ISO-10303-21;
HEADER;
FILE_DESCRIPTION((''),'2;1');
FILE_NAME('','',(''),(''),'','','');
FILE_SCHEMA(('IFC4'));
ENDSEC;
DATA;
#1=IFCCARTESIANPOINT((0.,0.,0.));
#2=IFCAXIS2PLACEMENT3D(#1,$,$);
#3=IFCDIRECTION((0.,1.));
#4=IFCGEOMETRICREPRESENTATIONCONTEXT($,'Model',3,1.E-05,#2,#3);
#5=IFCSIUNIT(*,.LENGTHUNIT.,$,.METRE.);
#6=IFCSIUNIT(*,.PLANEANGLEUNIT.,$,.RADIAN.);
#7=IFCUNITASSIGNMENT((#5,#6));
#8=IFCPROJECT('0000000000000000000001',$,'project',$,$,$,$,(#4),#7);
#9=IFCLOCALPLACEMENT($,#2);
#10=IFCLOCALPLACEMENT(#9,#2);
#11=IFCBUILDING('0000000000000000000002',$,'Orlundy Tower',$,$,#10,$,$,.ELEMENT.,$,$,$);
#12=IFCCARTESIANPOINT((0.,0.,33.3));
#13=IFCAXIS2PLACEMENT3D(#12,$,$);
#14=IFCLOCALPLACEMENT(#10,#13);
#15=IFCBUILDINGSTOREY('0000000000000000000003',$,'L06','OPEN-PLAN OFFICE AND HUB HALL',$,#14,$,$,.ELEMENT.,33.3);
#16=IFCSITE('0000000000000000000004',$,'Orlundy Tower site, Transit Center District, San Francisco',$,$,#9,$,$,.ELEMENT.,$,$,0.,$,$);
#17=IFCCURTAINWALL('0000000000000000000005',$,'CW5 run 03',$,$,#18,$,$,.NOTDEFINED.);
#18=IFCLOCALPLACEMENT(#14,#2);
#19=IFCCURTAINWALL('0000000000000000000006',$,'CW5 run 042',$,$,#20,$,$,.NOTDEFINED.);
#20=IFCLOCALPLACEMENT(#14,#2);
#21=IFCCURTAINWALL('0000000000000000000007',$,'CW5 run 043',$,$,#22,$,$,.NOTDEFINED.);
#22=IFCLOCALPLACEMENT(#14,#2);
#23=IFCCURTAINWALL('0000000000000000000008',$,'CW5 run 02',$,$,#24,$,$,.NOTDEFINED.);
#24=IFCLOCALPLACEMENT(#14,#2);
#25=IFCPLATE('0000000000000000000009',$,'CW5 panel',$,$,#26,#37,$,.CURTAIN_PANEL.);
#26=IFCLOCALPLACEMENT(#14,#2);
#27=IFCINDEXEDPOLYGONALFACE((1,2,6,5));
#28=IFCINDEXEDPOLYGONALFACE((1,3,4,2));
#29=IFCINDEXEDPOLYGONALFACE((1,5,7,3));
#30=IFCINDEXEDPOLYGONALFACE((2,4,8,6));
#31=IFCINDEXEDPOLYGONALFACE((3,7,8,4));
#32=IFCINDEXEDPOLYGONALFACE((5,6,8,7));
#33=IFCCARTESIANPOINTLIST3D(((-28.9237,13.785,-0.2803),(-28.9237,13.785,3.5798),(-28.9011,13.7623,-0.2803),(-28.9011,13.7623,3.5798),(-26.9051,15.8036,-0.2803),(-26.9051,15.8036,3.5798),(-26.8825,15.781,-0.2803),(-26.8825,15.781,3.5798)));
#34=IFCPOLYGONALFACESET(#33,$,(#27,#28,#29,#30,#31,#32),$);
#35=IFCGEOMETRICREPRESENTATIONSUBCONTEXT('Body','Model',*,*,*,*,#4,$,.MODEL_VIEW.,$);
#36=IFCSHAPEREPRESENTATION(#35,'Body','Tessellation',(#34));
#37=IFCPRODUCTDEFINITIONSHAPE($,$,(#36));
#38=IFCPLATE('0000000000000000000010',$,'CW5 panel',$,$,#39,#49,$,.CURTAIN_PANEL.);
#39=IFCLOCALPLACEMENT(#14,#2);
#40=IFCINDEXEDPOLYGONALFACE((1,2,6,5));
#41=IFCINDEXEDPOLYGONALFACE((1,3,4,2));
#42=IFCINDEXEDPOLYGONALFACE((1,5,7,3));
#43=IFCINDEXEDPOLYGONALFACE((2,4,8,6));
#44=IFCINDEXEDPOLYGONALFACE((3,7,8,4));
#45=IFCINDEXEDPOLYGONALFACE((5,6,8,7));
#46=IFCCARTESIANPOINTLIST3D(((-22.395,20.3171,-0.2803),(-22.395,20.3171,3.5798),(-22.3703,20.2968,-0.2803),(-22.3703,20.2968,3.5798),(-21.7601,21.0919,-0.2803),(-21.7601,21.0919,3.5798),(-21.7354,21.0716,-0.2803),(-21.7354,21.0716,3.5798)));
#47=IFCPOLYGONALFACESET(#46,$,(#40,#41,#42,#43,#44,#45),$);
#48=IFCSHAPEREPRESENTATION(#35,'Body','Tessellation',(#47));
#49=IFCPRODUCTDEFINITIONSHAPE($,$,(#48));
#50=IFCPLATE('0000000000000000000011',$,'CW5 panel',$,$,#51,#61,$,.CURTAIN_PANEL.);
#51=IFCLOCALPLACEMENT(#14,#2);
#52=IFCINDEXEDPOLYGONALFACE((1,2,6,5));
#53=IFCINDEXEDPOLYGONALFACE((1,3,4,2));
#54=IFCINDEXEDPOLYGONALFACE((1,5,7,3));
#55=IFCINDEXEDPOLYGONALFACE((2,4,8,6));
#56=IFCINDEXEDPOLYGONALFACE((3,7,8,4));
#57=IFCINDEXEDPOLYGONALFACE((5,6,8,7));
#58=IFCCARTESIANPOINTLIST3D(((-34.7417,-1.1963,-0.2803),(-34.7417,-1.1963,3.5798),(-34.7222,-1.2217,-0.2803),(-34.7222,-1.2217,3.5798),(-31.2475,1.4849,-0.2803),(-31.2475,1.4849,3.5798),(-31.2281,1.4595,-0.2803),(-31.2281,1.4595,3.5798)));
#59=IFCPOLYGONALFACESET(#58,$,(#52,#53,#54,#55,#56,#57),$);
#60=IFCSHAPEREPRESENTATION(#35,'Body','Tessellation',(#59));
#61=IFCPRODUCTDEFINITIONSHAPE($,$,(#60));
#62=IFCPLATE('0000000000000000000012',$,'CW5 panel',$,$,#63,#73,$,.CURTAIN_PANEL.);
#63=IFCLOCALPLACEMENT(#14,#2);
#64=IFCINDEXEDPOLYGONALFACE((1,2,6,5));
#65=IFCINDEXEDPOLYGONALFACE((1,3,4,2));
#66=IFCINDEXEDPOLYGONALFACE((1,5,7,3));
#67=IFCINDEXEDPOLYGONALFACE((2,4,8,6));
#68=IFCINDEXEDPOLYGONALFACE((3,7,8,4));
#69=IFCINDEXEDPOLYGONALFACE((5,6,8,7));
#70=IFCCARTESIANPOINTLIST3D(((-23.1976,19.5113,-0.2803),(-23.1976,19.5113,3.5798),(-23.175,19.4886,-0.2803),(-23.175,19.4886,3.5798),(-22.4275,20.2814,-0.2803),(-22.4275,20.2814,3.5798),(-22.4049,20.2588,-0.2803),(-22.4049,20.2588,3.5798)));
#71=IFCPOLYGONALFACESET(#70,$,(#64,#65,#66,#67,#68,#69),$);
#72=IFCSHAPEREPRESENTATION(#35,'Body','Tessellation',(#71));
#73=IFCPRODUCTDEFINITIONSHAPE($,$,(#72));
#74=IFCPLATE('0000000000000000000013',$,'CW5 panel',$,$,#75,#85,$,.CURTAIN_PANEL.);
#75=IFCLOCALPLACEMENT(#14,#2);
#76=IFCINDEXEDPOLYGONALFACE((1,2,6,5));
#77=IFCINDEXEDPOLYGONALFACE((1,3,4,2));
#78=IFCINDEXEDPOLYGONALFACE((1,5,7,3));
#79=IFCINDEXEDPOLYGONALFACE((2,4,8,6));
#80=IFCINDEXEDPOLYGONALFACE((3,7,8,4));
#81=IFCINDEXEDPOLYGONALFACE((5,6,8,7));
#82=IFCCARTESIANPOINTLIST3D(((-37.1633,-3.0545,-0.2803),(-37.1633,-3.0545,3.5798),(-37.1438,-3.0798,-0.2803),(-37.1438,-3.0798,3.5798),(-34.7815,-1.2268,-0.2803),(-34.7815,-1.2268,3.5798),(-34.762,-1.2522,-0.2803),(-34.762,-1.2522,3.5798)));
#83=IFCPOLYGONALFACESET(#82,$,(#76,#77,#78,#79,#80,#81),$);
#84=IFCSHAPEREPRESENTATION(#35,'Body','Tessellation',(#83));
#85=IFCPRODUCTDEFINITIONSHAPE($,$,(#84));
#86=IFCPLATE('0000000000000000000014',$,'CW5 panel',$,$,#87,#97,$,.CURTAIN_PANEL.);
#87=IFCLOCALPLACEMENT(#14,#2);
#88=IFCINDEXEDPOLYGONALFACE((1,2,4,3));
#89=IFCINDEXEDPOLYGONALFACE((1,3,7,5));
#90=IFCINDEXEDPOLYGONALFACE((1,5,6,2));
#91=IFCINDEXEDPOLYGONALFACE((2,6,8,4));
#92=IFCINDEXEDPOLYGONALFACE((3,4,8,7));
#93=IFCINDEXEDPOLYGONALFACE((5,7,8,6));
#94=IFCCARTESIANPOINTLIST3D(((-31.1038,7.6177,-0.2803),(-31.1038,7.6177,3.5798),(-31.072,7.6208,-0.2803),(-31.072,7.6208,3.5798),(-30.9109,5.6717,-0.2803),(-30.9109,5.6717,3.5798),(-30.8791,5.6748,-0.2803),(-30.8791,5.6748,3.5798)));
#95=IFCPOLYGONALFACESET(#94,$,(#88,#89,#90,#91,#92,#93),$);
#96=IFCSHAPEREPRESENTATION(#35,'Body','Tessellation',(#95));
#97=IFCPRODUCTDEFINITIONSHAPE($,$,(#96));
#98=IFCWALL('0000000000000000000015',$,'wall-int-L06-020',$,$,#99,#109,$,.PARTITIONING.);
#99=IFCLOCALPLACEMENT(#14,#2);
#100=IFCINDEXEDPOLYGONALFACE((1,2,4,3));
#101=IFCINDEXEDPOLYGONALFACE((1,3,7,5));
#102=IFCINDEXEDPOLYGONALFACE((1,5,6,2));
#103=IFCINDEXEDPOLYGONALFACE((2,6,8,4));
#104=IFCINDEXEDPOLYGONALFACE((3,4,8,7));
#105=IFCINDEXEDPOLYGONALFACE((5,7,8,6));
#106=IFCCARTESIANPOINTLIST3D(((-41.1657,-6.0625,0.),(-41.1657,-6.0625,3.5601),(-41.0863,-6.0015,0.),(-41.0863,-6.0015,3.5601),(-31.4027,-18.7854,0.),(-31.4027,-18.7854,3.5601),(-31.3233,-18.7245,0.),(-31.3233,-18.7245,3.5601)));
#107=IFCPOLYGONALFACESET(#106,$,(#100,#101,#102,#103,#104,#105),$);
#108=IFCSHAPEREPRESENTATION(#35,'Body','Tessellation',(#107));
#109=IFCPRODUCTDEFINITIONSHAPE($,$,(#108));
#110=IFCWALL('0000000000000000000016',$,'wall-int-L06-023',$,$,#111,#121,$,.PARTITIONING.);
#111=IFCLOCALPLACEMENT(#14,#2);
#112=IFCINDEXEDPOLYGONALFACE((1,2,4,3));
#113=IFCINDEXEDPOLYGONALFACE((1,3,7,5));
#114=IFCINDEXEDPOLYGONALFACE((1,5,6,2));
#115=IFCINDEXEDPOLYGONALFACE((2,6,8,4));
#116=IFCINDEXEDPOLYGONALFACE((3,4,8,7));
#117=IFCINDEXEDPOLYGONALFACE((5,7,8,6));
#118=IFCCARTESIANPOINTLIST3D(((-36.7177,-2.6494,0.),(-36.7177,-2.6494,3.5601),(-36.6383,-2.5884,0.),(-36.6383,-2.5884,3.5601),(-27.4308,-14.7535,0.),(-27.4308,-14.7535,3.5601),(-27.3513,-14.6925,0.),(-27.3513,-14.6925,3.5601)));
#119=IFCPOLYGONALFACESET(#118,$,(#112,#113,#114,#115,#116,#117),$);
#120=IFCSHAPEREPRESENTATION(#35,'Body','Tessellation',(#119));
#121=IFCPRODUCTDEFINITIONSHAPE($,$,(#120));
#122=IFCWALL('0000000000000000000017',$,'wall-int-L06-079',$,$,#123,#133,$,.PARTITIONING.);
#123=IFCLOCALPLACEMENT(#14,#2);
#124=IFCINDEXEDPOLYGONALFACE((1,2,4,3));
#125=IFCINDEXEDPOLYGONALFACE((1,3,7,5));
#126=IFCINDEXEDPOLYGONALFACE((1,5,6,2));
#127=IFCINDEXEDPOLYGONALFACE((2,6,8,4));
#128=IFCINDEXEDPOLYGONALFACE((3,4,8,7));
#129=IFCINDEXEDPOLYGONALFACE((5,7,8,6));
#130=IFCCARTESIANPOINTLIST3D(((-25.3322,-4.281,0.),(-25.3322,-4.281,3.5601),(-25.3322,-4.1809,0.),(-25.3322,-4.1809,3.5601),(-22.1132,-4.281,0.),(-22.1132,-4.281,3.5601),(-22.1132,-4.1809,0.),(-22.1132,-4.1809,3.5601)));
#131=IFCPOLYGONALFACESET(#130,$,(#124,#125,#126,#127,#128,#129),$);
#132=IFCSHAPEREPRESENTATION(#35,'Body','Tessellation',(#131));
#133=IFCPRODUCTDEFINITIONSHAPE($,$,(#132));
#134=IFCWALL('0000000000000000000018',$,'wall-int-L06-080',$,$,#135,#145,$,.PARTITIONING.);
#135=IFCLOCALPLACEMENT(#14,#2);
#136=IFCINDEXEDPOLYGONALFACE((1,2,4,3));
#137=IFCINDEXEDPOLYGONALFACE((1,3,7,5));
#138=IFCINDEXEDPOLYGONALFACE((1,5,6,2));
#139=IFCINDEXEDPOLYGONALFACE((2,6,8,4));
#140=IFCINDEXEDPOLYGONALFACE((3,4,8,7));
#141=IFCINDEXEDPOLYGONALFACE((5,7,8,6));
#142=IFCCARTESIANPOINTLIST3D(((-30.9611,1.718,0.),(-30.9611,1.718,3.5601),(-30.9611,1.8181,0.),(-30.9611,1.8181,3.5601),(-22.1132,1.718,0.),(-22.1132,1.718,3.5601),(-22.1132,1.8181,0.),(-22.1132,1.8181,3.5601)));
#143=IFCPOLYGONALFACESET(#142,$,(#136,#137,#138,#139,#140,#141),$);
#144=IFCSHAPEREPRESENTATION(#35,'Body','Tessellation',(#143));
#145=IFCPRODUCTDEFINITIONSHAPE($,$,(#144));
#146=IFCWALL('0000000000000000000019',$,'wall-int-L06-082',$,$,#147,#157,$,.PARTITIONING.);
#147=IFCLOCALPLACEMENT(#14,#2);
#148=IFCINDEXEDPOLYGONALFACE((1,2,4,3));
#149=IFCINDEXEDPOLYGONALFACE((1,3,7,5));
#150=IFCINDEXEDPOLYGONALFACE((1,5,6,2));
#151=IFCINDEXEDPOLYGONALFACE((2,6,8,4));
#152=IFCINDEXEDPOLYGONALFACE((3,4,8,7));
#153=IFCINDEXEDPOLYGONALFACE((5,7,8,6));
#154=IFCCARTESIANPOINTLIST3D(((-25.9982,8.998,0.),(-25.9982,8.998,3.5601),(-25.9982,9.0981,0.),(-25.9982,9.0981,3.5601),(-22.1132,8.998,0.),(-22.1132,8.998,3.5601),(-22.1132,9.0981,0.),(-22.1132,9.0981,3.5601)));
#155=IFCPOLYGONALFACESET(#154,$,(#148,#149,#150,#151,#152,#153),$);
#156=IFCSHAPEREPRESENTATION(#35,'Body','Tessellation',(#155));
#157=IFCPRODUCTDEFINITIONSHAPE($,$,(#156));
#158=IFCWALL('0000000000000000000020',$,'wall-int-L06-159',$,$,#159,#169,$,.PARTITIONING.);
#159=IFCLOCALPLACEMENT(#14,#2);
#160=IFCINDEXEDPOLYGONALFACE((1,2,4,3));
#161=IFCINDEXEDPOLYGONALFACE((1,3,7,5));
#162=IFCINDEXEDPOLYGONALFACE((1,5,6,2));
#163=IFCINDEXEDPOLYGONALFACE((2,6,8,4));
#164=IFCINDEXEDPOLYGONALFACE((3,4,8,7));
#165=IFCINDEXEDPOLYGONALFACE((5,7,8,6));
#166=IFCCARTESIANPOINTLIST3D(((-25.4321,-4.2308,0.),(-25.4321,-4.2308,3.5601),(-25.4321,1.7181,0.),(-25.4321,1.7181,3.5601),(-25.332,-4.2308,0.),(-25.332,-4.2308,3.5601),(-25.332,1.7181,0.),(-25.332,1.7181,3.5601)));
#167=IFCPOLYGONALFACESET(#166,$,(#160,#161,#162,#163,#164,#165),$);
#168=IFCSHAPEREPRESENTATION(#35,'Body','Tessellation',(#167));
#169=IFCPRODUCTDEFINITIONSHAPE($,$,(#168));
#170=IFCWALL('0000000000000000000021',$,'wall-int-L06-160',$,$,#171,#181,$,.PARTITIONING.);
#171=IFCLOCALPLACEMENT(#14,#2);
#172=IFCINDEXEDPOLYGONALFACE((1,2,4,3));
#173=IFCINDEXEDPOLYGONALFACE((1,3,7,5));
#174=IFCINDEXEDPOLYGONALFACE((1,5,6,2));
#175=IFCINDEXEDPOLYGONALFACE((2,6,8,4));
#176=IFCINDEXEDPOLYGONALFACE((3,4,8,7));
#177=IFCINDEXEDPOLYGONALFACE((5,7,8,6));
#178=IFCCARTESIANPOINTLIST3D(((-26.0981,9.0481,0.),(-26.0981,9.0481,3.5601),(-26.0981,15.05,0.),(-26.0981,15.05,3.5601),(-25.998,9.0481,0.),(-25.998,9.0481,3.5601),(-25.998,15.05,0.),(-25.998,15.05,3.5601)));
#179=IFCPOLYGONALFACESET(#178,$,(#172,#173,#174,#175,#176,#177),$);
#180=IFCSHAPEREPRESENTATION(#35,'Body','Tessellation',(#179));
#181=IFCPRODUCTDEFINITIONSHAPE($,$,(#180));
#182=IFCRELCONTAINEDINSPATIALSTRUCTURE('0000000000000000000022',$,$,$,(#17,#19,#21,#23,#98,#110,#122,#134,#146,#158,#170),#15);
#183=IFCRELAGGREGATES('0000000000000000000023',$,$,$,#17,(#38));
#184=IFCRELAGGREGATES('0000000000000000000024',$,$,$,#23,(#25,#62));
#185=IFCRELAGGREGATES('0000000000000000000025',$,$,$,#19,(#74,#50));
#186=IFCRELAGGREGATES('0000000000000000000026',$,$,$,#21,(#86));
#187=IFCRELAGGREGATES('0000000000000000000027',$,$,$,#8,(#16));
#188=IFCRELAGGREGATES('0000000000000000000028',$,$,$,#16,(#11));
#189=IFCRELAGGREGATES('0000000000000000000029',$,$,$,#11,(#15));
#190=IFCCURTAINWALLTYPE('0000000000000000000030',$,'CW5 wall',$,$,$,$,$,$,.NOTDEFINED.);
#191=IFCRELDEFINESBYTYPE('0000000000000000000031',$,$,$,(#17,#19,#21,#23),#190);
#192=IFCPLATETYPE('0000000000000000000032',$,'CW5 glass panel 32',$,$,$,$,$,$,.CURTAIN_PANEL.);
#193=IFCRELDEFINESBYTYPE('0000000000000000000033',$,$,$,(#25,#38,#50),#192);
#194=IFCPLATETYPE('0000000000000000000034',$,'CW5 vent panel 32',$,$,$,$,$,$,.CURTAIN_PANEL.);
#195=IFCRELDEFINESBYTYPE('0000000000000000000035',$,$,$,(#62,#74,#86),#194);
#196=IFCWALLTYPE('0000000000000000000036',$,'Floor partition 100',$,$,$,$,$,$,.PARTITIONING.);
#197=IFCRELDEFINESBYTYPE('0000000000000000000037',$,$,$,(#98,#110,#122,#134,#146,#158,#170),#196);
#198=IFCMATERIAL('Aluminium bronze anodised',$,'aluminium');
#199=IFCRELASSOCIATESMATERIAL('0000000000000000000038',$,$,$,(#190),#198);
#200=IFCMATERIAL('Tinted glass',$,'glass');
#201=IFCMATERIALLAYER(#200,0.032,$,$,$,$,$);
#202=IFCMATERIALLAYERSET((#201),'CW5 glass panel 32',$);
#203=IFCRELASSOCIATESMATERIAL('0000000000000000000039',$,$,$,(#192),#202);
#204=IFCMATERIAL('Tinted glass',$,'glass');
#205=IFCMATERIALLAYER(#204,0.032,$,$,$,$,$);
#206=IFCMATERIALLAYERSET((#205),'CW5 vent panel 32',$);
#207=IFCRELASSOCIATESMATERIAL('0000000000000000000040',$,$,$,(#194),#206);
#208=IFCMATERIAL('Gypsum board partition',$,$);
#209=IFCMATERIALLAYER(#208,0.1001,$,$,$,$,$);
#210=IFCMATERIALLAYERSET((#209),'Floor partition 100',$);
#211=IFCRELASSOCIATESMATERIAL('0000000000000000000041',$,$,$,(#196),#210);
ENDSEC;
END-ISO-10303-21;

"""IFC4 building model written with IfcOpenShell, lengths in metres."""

from ifc_helpers import new_model, si_unit, direction, frame, frame_2d, origin, origin_2d, place, context, subcontext, project, spatial, rectangle, extrude, material, layer, layer_set, type_object, element, aggregate, save


model = new_model("IFC4")

# Units and contexts
model_context = context("Model", 3, precision=1e-05, world=origin(), true_north=direction((0.0, 1.0)))
body_context = subcontext(model_context, "Body", "Model", "MODEL_VIEW")
ifc_project = project(units=[si_unit("LENGTHUNIT", "METRE"), si_unit("PLANEANGLEUNIT", "RADIAN")], contexts=[model_context])

# Site, building, storey
site_placement = place(None, origin())
site = spatial("IfcSite", under=ifc_project, at=site_placement, Name="Orlundy Tower site, Transit Center District, San Francisco", CompositionType="ELEMENT", RefElevation=0.0)
building_placement = place(site_placement, origin())
building = spatial("IfcBuilding", under=site, at=building_placement, Name="Orlundy Tower", CompositionType="ELEMENT")
storey_placement = place(building_placement, frame((0.0, 0.0, 33.3)))
storey = spatial("IfcBuildingStorey", under=building, at=storey_placement, Name="L06", Description="OPEN-PLAN OFFICE AND HUB HALL", CompositionType="ELEMENT", Elevation=33.3)

# Curtain walls
ifc_material_1 = material(Name="Aluminium bronze anodised", Category="aluminium")
curtain_wall_type = type_object("IfcCurtainWallType", Name="CW5 wall", PredefinedType="NOTDEFINED", material=ifc_material_1)
curtain_wall_1_placement = place(storey_placement, origin())
curtain_wall_1 = element("IfcCurtainWall", 1, at=curtain_wall_1_placement, inside=storey, type_object=curtain_wall_type, Name="CW5 run 03", PredefinedType="NOTDEFINED")
curtain_wall_2_placement = place(storey_placement, origin())
curtain_wall_2 = element("IfcCurtainWall", 2, at=curtain_wall_2_placement, inside=storey, type_object=curtain_wall_type, Name="CW5 run 042", PredefinedType="NOTDEFINED")
curtain_wall_3_placement = place(storey_placement, origin())
curtain_wall_3 = element("IfcCurtainWall", 3, at=curtain_wall_3_placement, inside=storey, type_object=curtain_wall_type, Name="CW5 run 043", PredefinedType="NOTDEFINED")

# Curtain wall
curtain_wall_4_placement = place(storey_placement, origin())
curtain_wall_4 = element("IfcCurtainWall", 4, at=curtain_wall_4_placement, inside=storey, type_object=curtain_wall_type, Name="CW5 run 02", PredefinedType="NOTDEFINED")

# Plates
ifc_material_2 = material(Name="Tinted glass", Category="glass")
ifc_layer_1 = layer(ifc_material_2, 0.032)
ifc_layer_set_1 = layer_set([ifc_layer_1], Name="CW5 glass panel 32")
plate_type_1 = type_object("IfcPlateType", Name="CW5 glass panel 32", PredefinedType="CURTAIN_PANEL", material=ifc_layer_set_1)
plate_1_placement = place(storey_placement, frame((-27.9031, 14.783, -0.2803), z_axis=(0.0, 0.0, 1.0), x_axis=(0.707107, 0.707107, 0.0)))
plate_1 = element("IfcPlate", 5, at=plate_1_placement, type_object=plate_type_1, Name="CW5 panel", PredefinedType="CURTAIN_PANEL", context=body_context, shape_type="SweptSolid", body=[
    extrude(rectangle(XDim=2.8547, YDim=0.032, at=origin_2d()), origin(), (0.0, 0.0, 1.0), 3.8601),
])
plate_2_placement = place(storey_placement, frame((-22.0652, 20.6943, -0.2803), z_axis=(0.0, 0.0, 1.0), x_axis=(0.633815, 0.773485, 0.0)))
plate_2 = element("IfcPlate", 6, at=plate_2_placement, type_object=plate_type_1, Name="CW5 panel", PredefinedType="CURTAIN_PANEL", context=body_context, shape_type="SweptSolid", body=[
    extrude(rectangle(XDim=1.0017, YDim=0.032, at=origin_2d()), origin(), (0.0, 0.0, 1.0), 3.8601),
])
aggregate(curtain_wall_1, [plate_2])
plate_3_placement = place(storey_placement, frame((-32.9849, 0.1316, -0.2803), z_axis=(0.0, 0.0, 1.0), x_axis=(0.793346, 0.608771, 0.0)))
plate_3 = element("IfcPlate", 7, at=plate_3_placement, type_object=plate_type_1, Name="CW5 panel", PredefinedType="CURTAIN_PANEL", context=body_context, shape_type="SweptSolid", body=[
    extrude(rectangle(XDim=4.4043, YDim=0.032, at=origin_2d()), origin(), (0.0, 0.0, 1.0), 3.8601),
])
ifc_material_3 = material(Name="Tinted glass", Category="glass")
ifc_layer_2 = layer(ifc_material_3, 0.032)
ifc_layer_set_2 = layer_set([ifc_layer_2], Name="CW5 vent panel 32")
plate_type_2 = type_object("IfcPlateType", Name="CW5 vent panel 32", PredefinedType="CURTAIN_PANEL", material=ifc_layer_set_2)
plate_4_placement = place(storey_placement, frame((-22.8013, 19.885, -0.2803), z_axis=(0.0, 0.0, 1.0), x_axis=(0.707107, 0.707107, 0.0)))
plate_4 = element("IfcPlate", 8, at=plate_4_placement, type_object=plate_type_2, Name="CW5 panel", PredefinedType="CURTAIN_PANEL", context=body_context, shape_type="SweptSolid", body=[
    extrude(rectangle(XDim=1.0891, YDim=0.032, at=origin_2d()), origin(), (0.0, 0.0, 1.0), 3.8601),
])
aggregate(curtain_wall_4, [plate_1, plate_4])
plate_5_placement = place(storey_placement, frame((-35.9626, -2.1533, -0.2803), z_axis=(0.0, 0.0, 1.0), x_axis=(0.793346, 0.608771, 0.0)))
plate_5 = element("IfcPlate", 9, at=plate_5_placement, type_object=plate_type_2, Name="CW5 panel", PredefinedType="CURTAIN_PANEL", context=body_context, shape_type="SweptSolid", body=[
    extrude(rectangle(XDim=3.0022, YDim=0.032, at=origin_2d()), origin(), (0.0, 0.0, 1.0), 3.8601),
])
aggregate(curtain_wall_2, [plate_5, plate_3])
plate_6_placement = place(storey_placement, frame((-30.9915, 6.6462, -0.2803), z_axis=(0.0, 0.0, 1.0), x_axis=(-0.098673, 0.99512, 0.0)))
plate_6 = element("IfcPlate", 10, at=plate_6_placement, type_object=plate_type_2, Name="CW5 panel", PredefinedType="CURTAIN_PANEL", context=body_context, shape_type="SweptSolid", body=[
    extrude(rectangle(XDim=1.9556, YDim=0.032, at=origin_2d()), origin(), (0.0, 0.0, 1.0), 3.8601),
])
aggregate(curtain_wall_3, [plate_6])

# Walls
ifc_material_4 = material(Name="Gypsum board partition")
ifc_layer_3 = layer(ifc_material_4, 0.1001)
ifc_layer_set_3 = layer_set([ifc_layer_3], Name="Floor partition 100")
wall_type_1 = type_object("IfcWallType", Name="Floor partition 100", PredefinedType="PARTITIONING", material=ifc_layer_set_3)
wall_1_placement = place(storey_placement, frame((-41.126, -6.032, 0.0), z_axis=(0.0, 0.0, 1.0), x_axis=(0.608774, -0.793344, 0.0)))
element("IfcWall", 11, at=wall_1_placement, inside=storey, type_object=wall_type_1, Name="wall-int-L06-020", PredefinedType="PARTITIONING", context=body_context, shape_type="SweptSolid", body=[
    extrude(rectangle(XDim=16.0371, YDim=0.1001, at=frame_2d((8.0186, 0.0))), origin(), (0.0, 0.0, 1.0), 3.5601),
])
wall_2_placement = place(storey_placement, frame((-36.678, -2.6189, 0.0), z_axis=(0.0, 0.0, 1.0), x_axis=(0.608726, -0.793381, 0.0)))
element("IfcWall", 12, at=wall_2_placement, inside=storey, type_object=wall_type_1, Name="wall-int-L06-023", PredefinedType="PARTITIONING", context=body_context, shape_type="SweptSolid", body=[
    extrude(rectangle(XDim=15.2563, YDim=0.1001, at=frame_2d((7.6282, 0.0))), origin(), (0.0, 0.0, 1.0), 3.5601),
])
wall_3_placement = place(storey_placement, frame((-25.332, -4.231, 0.0), z_axis=(0.0, 0.0, 1.0), x_axis=(1.0, 0.0, 0.0)))
element("IfcWall", 13, at=wall_3_placement, inside=storey, type_object=wall_type_1, Name="wall-int-L06-079", PredefinedType="PARTITIONING", context=body_context, shape_type="SweptSolid", body=[
    extrude(rectangle(XDim=3.219, YDim=0.1001, at=frame_2d((1.6094, 0.0))), origin(), (0.0, 0.0, 1.0), 3.5601),
])
wall_4_placement = place(storey_placement, frame((-30.9609, 1.7681, 0.0), z_axis=(0.0, 0.0, 1.0), x_axis=(1.0, 0.0, 0.0)))
element("IfcWall", 14, at=wall_4_placement, inside=storey, type_object=wall_type_1, Name="wall-int-L06-080", PredefinedType="PARTITIONING", context=body_context, shape_type="SweptSolid", body=[
    extrude(rectangle(XDim=8.8479, YDim=0.1001, at=frame_2d((4.4238, 0.0))), origin(), (0.0, 0.0, 1.0), 3.5601),
])
wall_5_placement = place(storey_placement, frame((-25.998, 9.0481, 0.0), z_axis=(0.0, 0.0, 1.0), x_axis=(1.0, 0.0, 0.0)))
element("IfcWall", 15, at=wall_5_placement, inside=storey, type_object=wall_type_1, Name="wall-int-L06-082", PredefinedType="PARTITIONING", context=body_context, shape_type="SweptSolid", body=[
    extrude(rectangle(XDim=3.885, YDim=0.1001, at=frame_2d((1.9424, 0.0))), origin(), (0.0, 0.0, 1.0), 3.5601),
])
wall_6_placement = place(storey_placement, frame((-25.3821, -4.231, 0.0), z_axis=(0.0, 0.0, 1.0), x_axis=(0.0, 1.0, 0.0)))
element("IfcWall", 16, at=wall_6_placement, inside=storey, type_object=wall_type_1, Name="wall-int-L06-159", PredefinedType="PARTITIONING", context=body_context, shape_type="SweptSolid", body=[
    extrude(rectangle(XDim=5.949, YDim=0.1001, at=frame_2d((2.9746, 0.0))), origin(), (0.0, 0.0, 1.0), 3.5601),
])
wall_7_placement = place(storey_placement, frame((-26.0481, 9.0481, 0.0), z_axis=(0.0, 0.0, 1.0), x_axis=(0.0, 1.0, 0.0)))
element("IfcWall", 17, at=wall_7_placement, inside=storey, type_object=wall_type_1, Name="wall-int-L06-160", PredefinedType="PARTITIONING", context=body_context, shape_type="SweptSolid", body=[
    extrude(rectangle(XDim=6.002, YDim=0.1001, at=frame_2d((3.001, 0.0))), origin(), (0.0, 0.0, 1.0), 3.5601),
])

save(model, "model.ifc")
